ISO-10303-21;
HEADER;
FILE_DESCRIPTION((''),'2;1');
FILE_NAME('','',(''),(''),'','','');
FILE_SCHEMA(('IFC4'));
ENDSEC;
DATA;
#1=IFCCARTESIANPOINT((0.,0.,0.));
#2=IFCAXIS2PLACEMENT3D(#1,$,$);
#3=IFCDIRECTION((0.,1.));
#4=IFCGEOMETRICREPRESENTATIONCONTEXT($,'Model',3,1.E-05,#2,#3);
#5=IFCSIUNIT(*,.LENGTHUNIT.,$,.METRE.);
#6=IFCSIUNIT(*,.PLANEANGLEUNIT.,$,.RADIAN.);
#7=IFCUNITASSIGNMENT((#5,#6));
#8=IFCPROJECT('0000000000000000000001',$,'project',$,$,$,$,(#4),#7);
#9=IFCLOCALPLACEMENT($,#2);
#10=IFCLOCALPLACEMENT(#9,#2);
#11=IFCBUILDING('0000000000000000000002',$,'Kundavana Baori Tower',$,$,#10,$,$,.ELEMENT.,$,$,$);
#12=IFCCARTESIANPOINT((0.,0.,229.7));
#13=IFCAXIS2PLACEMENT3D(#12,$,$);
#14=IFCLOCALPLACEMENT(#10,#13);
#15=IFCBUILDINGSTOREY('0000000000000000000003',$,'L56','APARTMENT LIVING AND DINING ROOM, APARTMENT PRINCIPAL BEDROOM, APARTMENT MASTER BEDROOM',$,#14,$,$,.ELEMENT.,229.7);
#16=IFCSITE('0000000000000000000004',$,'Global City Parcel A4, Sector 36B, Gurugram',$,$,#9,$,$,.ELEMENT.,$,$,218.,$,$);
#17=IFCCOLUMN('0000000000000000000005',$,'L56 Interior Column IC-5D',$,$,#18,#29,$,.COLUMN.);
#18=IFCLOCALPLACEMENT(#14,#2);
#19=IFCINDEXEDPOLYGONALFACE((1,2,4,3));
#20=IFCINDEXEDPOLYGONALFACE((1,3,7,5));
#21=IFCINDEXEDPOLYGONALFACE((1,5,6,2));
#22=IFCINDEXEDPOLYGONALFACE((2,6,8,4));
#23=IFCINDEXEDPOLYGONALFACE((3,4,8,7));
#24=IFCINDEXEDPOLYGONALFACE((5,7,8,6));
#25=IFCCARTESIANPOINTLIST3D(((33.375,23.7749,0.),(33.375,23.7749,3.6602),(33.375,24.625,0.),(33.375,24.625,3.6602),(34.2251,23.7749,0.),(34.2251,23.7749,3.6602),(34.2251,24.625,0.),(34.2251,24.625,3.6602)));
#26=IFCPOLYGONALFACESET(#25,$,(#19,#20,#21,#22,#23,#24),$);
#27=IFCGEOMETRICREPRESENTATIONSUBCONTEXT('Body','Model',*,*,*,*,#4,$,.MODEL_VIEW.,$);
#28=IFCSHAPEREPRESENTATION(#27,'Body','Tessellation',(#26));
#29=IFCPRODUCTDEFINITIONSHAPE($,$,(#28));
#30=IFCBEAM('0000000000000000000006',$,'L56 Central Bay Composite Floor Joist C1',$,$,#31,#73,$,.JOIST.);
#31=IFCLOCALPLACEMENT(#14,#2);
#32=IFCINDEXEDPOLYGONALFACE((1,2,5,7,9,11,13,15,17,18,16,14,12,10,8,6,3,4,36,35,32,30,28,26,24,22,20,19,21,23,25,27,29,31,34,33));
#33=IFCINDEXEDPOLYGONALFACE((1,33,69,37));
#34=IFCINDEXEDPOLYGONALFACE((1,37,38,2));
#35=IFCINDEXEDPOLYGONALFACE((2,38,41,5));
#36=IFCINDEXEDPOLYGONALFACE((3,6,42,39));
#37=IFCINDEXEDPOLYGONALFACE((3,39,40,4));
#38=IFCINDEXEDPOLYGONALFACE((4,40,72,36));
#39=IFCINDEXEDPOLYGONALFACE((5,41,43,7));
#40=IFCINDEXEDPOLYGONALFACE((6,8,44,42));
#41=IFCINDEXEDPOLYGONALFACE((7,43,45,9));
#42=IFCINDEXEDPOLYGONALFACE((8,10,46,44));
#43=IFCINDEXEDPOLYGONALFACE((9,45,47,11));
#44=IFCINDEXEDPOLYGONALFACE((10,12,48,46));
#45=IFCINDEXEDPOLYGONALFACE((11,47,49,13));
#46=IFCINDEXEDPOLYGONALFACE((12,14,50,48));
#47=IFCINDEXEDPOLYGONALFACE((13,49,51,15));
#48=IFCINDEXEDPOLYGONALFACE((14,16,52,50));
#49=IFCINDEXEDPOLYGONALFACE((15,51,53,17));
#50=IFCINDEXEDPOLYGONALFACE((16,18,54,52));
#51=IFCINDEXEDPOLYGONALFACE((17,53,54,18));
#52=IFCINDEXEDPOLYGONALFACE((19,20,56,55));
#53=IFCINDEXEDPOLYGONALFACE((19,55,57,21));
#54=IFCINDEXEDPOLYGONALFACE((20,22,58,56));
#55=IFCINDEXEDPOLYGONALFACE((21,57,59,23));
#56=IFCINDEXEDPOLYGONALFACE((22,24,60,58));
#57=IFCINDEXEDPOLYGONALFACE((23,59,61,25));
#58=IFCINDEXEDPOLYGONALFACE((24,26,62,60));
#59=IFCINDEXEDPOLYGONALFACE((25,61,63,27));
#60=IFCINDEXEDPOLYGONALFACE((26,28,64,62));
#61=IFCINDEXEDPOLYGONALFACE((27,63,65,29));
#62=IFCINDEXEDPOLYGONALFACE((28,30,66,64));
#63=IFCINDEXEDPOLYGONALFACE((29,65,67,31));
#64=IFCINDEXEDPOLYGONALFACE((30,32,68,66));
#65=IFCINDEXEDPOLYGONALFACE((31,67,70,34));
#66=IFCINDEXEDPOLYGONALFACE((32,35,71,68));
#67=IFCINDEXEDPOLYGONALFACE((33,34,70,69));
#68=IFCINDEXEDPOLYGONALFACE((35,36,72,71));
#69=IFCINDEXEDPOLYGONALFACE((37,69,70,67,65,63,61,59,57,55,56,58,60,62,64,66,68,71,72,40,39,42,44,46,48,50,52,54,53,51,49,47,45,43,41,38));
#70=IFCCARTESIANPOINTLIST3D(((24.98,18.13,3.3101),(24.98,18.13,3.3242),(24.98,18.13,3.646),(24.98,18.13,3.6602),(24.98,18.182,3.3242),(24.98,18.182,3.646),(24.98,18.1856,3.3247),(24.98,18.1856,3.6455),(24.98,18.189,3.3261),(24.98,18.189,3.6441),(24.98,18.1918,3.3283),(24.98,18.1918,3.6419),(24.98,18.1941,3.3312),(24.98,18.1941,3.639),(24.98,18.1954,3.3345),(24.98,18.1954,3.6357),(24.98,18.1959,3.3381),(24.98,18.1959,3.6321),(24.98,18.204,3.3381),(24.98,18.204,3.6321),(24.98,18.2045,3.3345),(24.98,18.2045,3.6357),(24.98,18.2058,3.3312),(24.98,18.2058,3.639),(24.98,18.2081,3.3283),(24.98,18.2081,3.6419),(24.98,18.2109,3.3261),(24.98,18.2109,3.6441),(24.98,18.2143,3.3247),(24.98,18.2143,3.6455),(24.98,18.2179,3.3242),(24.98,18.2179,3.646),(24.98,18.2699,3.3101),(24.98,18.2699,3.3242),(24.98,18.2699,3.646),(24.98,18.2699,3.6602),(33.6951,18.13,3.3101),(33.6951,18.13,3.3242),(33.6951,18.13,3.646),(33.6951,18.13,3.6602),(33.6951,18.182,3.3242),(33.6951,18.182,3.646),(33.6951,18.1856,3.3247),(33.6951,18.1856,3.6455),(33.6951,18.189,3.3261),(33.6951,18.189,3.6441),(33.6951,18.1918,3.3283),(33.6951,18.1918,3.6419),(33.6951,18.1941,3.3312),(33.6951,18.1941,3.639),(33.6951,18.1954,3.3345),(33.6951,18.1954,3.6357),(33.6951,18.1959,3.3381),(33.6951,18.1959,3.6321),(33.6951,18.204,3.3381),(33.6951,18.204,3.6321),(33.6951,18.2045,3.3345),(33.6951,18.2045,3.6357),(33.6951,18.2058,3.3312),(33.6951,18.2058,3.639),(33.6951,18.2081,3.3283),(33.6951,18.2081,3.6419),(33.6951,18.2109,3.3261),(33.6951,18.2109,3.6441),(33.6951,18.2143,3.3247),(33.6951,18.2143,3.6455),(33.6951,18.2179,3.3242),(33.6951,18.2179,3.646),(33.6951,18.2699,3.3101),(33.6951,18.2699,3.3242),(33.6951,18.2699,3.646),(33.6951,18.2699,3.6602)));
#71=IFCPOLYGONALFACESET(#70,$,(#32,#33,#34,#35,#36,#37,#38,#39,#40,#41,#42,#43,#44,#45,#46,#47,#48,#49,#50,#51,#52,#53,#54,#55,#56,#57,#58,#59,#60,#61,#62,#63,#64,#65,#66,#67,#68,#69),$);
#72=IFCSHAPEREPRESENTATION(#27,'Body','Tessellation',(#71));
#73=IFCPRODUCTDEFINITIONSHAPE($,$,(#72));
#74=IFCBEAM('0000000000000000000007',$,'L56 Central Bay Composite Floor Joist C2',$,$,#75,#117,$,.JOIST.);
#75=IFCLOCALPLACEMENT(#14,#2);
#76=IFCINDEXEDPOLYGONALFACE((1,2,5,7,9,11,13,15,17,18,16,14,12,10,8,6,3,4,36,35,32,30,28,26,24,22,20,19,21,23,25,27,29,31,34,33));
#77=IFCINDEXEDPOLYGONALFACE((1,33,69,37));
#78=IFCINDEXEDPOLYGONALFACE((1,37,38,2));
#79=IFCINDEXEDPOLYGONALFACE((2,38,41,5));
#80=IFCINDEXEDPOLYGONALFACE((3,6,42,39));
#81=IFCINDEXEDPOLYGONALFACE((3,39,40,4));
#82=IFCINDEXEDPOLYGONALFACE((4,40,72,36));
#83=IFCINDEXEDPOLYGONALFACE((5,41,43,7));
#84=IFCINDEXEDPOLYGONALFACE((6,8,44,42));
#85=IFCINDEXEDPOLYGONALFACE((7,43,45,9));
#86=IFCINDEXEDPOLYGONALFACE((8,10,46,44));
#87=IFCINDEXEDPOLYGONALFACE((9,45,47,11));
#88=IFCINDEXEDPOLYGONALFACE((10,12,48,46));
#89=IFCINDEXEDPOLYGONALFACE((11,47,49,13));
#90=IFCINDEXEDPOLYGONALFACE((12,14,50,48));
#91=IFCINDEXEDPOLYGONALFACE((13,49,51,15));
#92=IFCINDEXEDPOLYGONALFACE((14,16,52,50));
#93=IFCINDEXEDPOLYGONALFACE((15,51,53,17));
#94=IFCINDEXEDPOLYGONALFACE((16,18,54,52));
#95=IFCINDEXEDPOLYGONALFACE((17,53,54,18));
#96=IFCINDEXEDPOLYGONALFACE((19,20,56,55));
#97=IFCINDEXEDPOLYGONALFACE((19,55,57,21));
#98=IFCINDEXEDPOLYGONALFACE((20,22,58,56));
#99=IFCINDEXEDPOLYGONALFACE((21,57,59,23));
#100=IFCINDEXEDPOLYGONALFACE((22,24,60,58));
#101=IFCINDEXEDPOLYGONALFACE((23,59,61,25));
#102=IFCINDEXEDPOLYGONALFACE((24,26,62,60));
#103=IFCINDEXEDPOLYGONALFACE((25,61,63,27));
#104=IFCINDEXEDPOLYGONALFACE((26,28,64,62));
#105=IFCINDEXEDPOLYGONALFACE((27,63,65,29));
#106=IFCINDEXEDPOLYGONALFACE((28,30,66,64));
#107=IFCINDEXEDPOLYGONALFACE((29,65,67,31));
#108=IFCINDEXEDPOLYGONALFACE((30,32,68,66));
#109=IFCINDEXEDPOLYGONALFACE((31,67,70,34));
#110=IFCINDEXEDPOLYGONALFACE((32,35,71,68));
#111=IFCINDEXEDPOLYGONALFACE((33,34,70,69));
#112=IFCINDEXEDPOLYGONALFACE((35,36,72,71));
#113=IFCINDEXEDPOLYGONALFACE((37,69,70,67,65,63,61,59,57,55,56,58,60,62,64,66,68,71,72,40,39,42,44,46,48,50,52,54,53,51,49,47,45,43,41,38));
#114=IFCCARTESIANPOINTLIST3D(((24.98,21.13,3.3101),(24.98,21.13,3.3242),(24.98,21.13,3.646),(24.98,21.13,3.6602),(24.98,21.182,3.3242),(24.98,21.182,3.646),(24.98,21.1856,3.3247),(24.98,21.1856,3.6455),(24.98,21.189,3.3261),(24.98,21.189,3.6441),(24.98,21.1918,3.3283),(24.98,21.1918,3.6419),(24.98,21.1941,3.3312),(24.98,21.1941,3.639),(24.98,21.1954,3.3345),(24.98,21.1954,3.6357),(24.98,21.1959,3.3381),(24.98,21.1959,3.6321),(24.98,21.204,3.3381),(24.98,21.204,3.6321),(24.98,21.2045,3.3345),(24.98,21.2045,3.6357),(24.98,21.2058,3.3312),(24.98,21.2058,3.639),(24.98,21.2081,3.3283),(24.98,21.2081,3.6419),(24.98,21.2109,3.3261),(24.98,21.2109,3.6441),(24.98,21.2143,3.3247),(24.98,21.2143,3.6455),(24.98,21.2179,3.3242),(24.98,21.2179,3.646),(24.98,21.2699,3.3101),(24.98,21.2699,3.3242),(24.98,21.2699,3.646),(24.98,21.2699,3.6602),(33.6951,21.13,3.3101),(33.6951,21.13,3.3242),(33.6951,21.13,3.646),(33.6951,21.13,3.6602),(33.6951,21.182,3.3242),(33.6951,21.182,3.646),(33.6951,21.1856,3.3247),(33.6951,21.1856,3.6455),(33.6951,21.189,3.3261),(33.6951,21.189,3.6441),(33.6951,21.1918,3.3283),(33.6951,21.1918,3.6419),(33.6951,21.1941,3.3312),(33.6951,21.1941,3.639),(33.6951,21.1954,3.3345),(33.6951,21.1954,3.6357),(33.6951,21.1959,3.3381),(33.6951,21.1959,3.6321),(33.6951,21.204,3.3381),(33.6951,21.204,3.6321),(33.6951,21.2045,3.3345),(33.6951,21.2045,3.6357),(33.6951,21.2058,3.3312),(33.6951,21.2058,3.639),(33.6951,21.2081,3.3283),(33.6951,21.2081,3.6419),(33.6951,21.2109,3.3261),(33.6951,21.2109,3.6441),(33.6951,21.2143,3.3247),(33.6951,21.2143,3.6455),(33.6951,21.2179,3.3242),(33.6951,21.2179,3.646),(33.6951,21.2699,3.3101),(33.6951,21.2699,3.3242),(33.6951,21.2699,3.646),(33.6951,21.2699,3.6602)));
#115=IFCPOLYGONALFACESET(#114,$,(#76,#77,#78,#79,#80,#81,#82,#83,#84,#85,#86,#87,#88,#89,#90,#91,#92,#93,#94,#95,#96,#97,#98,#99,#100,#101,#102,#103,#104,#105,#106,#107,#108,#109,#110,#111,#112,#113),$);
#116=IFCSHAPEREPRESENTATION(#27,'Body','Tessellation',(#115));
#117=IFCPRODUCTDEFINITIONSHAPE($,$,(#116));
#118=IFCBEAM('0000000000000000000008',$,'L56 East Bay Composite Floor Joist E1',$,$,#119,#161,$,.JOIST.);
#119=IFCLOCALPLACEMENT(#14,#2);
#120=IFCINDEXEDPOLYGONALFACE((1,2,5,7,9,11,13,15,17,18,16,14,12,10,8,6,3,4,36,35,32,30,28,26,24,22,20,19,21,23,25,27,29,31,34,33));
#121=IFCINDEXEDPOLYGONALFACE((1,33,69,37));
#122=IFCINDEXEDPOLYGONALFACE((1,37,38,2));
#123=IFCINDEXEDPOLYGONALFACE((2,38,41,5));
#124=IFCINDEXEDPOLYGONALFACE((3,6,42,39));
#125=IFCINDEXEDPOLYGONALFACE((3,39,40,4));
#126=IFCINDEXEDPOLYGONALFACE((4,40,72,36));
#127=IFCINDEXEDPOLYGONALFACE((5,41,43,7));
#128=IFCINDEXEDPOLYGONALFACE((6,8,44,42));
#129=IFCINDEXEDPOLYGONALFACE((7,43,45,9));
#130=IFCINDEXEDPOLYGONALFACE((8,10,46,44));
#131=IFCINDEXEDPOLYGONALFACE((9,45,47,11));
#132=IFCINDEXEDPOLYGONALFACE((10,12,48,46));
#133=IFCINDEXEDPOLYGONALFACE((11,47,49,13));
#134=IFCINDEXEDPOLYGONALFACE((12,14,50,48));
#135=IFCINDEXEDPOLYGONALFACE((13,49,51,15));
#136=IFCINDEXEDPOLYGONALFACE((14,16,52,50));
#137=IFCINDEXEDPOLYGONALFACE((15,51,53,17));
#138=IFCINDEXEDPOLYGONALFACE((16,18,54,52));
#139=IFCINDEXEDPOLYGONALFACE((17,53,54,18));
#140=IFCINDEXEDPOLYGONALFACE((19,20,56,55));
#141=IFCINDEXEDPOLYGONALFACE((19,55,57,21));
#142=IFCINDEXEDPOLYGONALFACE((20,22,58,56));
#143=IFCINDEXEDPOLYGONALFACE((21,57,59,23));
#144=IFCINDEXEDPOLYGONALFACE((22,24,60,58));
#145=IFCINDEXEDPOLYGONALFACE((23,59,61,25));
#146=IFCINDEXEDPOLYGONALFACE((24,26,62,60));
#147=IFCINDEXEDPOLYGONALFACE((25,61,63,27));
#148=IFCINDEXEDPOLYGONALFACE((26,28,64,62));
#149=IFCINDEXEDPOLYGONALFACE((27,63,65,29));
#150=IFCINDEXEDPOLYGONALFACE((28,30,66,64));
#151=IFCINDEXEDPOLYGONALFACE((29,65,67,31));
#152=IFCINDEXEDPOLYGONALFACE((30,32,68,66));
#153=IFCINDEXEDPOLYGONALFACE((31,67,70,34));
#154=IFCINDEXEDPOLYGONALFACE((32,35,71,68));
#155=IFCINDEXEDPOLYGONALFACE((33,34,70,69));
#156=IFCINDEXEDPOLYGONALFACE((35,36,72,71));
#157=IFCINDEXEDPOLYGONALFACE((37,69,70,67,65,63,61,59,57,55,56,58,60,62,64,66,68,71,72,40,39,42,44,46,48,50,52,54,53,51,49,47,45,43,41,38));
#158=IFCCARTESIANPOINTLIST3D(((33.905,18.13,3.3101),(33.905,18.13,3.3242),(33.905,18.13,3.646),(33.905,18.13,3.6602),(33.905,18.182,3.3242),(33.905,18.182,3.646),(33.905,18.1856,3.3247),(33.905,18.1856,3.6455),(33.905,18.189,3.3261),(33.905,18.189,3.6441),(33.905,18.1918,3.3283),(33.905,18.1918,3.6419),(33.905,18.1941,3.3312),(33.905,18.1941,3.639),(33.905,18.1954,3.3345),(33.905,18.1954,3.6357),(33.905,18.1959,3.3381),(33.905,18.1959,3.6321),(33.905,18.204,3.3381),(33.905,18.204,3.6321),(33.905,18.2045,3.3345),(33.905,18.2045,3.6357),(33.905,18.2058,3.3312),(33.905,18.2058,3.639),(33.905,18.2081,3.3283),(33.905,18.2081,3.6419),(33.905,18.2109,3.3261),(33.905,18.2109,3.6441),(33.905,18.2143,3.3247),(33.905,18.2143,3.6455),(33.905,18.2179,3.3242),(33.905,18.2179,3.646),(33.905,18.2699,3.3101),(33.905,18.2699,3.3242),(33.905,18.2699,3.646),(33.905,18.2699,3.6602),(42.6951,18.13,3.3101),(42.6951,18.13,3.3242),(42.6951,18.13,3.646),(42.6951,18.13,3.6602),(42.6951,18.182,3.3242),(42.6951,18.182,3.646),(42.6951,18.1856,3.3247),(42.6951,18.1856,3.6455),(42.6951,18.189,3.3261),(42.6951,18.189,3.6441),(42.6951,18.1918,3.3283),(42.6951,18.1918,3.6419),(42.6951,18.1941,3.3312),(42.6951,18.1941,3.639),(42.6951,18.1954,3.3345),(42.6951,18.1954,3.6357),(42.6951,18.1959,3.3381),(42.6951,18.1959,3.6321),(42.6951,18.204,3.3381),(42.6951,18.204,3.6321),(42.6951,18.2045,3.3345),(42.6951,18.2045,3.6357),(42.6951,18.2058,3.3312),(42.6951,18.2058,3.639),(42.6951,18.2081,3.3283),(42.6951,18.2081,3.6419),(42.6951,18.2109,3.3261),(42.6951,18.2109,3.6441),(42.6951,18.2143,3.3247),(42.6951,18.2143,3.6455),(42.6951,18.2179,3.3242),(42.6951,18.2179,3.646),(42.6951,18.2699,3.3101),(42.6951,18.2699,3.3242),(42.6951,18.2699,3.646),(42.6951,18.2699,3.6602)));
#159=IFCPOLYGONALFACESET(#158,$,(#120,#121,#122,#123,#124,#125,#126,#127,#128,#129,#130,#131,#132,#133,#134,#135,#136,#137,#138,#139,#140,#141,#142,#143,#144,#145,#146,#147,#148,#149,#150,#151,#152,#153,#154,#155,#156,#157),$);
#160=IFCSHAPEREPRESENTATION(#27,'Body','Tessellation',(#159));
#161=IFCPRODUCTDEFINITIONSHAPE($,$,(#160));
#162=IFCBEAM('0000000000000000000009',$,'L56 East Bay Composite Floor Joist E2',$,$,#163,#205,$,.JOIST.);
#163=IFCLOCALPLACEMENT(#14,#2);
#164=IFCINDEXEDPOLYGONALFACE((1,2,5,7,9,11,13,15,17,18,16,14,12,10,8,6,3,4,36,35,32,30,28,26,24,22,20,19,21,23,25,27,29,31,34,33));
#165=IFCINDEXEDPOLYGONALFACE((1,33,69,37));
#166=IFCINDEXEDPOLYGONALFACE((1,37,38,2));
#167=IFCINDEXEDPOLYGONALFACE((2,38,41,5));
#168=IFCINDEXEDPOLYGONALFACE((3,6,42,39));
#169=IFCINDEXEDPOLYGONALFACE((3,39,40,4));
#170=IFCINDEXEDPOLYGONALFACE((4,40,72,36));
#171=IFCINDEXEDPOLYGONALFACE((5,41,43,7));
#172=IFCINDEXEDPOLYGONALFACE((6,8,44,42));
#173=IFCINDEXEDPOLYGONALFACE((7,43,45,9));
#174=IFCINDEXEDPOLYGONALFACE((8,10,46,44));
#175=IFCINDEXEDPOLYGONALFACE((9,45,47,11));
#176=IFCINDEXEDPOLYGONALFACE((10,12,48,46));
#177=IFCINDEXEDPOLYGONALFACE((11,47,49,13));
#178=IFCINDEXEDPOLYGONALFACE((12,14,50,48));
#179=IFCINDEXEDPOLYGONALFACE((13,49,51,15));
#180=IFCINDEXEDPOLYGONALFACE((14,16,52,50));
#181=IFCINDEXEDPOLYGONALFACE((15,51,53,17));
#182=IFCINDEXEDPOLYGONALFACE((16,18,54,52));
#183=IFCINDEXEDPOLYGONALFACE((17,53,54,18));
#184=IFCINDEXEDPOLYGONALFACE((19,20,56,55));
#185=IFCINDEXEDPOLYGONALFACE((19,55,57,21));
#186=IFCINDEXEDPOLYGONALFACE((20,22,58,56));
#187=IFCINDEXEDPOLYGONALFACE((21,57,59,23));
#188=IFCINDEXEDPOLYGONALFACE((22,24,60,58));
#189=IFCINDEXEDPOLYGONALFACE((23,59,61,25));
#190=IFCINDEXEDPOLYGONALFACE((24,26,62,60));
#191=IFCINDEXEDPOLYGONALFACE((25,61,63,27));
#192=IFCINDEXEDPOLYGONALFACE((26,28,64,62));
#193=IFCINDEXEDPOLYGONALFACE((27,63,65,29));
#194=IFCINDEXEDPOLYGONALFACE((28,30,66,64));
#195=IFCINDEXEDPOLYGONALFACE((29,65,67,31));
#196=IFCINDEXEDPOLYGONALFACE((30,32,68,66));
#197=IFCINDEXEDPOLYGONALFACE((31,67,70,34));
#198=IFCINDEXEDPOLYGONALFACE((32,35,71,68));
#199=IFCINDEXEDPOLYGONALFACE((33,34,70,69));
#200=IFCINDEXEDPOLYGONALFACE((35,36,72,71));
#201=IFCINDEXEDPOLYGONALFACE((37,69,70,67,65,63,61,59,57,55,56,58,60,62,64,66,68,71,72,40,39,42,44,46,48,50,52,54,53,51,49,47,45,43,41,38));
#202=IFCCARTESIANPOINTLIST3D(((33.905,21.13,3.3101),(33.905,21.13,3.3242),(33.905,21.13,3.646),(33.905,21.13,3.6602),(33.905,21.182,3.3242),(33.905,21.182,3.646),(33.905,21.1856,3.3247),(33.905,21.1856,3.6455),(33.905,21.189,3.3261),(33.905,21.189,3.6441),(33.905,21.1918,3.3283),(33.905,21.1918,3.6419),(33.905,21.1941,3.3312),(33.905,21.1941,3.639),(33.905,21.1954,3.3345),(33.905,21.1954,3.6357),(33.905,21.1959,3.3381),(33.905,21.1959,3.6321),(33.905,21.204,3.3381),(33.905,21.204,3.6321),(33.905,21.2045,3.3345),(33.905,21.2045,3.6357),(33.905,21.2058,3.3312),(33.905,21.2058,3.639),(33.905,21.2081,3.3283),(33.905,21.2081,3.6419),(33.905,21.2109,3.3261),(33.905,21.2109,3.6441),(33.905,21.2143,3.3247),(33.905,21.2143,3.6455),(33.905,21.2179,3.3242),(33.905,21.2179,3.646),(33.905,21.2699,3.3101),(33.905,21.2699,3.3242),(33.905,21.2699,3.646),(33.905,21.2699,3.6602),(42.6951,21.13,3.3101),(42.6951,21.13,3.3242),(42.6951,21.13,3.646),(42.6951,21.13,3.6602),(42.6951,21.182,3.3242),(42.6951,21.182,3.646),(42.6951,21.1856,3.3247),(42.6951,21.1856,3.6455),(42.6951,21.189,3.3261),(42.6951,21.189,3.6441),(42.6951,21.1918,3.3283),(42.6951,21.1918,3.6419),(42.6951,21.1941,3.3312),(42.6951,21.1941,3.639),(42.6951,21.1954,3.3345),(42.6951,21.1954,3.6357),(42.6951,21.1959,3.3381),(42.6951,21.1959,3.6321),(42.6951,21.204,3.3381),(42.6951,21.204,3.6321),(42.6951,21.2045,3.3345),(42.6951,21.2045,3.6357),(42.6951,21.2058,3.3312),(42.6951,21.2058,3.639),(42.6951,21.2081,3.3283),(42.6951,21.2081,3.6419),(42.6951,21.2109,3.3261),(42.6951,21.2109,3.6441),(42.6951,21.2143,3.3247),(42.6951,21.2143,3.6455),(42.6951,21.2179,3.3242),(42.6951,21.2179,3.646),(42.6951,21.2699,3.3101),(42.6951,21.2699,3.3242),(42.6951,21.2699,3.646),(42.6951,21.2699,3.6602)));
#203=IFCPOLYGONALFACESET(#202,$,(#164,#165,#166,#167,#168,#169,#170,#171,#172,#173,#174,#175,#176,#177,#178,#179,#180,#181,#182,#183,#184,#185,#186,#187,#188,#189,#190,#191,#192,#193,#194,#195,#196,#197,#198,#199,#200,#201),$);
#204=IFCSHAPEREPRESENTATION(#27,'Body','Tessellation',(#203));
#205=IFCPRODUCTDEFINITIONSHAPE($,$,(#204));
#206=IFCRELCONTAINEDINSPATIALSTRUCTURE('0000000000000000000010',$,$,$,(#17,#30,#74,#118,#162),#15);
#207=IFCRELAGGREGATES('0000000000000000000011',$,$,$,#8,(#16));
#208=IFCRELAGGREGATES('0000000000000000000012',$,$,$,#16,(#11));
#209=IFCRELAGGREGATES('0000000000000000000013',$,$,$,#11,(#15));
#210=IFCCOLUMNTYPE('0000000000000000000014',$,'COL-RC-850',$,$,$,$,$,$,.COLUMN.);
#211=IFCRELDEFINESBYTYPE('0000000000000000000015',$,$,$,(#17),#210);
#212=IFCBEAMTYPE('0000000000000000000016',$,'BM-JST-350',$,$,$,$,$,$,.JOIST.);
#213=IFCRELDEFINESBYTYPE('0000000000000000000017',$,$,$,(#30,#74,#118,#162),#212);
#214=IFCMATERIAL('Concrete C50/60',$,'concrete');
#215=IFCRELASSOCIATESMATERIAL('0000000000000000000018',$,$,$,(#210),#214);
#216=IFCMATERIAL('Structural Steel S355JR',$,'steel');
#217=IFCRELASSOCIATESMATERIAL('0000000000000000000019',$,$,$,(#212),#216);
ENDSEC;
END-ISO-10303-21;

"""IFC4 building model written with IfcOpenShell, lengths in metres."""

from ifc_helpers import new_model, si_unit, direction, frame, origin, origin_2d, place, context, subcontext, project, spatial, rectangle, i_section, extrude, material, material_profile, profile_set, type_object, element, save


model = new_model("IFC4")

# Units and contexts
model_context = context("Model", 3, precision=1e-05, world=origin(), true_north=direction((0.0, 1.0)))
body_context = subcontext(model_context, "Body", "Model", "MODEL_VIEW")
ifc_project = project(units=[si_unit("LENGTHUNIT", "METRE"), si_unit("PLANEANGLEUNIT", "RADIAN")], contexts=[model_context])

# Site, building, storey
site_placement = place(None, origin())
site = spatial("IfcSite", under=ifc_project, at=site_placement, Name="Global City Parcel A4, Sector 36B, Gurugram", CompositionType="ELEMENT", RefElevation=218.0)
building_placement = place(site_placement, origin())
building = spatial("IfcBuilding", under=site, at=building_placement, Name="Kundavana Baori Tower", CompositionType="ELEMENT")
storey_placement = place(building_placement, frame((0.0, 0.0, 229.7)))
storey = spatial("IfcBuildingStorey", under=building, at=storey_placement, Name="L56", Description="APARTMENT LIVING AND DINING ROOM, APARTMENT PRINCIPAL BEDROOM, APARTMENT MASTER BEDROOM", CompositionType="ELEMENT", Elevation=229.7)

# Column
ifc_material_1 = material(Name="Concrete C50/60", Category="concrete")
ifc_material_profile_1 = material_profile(ifc_material_1, rectangle(XDim=0.8501, YDim=0.8501, at=origin_2d()), Name="RC 850x850")
ifc_profile_set_1 = profile_set([ifc_material_profile_1], Name="Concrete C50/60")
column_type = type_object("IfcColumnType", Name="COL-RC-850", PredefinedType="COLUMN", material=ifc_profile_set_1)
column_placement = place(storey_placement, frame((33.8, 24.2, 0.0), z_axis=(0.0, 0.0, 1.0), x_axis=(1.0, 0.0, 0.0)))
element("IfcColumn", 1, at=column_placement, inside=storey, type_object=column_type, Name="L56 Interior Column IC-5D", PredefinedType="COLUMN", context=body_context, shape_type="SweptSolid", body=[
    extrude(rectangle(XDim=0.8501, YDim=0.8501, at=origin_2d()), origin(), (0.0, 0.0, 1.0), 3.6602),
])

# Beams
ifc_material_2 = material(Name="Structural Steel S355JR", Category="steel")
ifc_material_profile_2 = material_profile(ifc_material_2, i_section(OverallWidth=0.1399, OverallDepth=0.3501, WebThickness=0.0081, FlangeThickness=0.0142, FilletRadius=0.0139, at=origin_2d()), Name="ISMB 350")
ifc_profile_set_2 = profile_set([ifc_material_profile_2], Name="Structural Steel S355JR")
beam_type_1 = type_object("IfcBeamType", Name="BM-JST-350", PredefinedType="JOIST", material=ifc_profile_set_2)
for number, where, z_axis, x_axis, name in (
    (2, (24.98, 18.2, 3.4851), (1.0, 0.0, 0.0), (0.0, 1.0, 0.0), "L56 Central Bay Composite Floor Joist C1"),
    (3, (24.98, 21.2, 3.4851), (1.0, 0.0, 0.0), (0.0, 1.0, 0.0), "L56 Central Bay Composite Floor Joist C2"),
):
    element("IfcBeam", number, at=place(storey_placement, frame(where, z_axis=z_axis, x_axis=x_axis)), inside=storey, type_object=beam_type_1, Name=name, PredefinedType="JOIST", context=body_context, shape_type="SweptSolid", body=[
        extrude(i_section(OverallWidth=0.1399, OverallDepth=0.3501, WebThickness=0.0081, FlangeThickness=0.0142, FilletRadius=0.0139, at=origin_2d()), origin(), (0.0, 0.0, 1.0), 8.7151),
    ])
for number, where, z_axis, x_axis, name in (
    (4, (33.905, 18.2, 3.4851), (1.0, 0.0, 0.0), (0.0, 1.0, 0.0), "L56 East Bay Composite Floor Joist E1"),
    (5, (33.905, 21.2, 3.4851), (1.0, 0.0, 0.0), (0.0, 1.0, 0.0), "L56 East Bay Composite Floor Joist E2"),
):
    element("IfcBeam", number, at=place(storey_placement, frame(where, z_axis=z_axis, x_axis=x_axis)), inside=storey, type_object=beam_type_1, Name=name, PredefinedType="JOIST", context=body_context, shape_type="SweptSolid", body=[
        extrude(i_section(OverallWidth=0.1399, OverallDepth=0.3501, WebThickness=0.0081, FlangeThickness=0.0142, FilletRadius=0.0139, at=origin_2d()), origin(), (0.0, 0.0, 1.0), 8.79),
    ])

save(model, "model.ifc")
